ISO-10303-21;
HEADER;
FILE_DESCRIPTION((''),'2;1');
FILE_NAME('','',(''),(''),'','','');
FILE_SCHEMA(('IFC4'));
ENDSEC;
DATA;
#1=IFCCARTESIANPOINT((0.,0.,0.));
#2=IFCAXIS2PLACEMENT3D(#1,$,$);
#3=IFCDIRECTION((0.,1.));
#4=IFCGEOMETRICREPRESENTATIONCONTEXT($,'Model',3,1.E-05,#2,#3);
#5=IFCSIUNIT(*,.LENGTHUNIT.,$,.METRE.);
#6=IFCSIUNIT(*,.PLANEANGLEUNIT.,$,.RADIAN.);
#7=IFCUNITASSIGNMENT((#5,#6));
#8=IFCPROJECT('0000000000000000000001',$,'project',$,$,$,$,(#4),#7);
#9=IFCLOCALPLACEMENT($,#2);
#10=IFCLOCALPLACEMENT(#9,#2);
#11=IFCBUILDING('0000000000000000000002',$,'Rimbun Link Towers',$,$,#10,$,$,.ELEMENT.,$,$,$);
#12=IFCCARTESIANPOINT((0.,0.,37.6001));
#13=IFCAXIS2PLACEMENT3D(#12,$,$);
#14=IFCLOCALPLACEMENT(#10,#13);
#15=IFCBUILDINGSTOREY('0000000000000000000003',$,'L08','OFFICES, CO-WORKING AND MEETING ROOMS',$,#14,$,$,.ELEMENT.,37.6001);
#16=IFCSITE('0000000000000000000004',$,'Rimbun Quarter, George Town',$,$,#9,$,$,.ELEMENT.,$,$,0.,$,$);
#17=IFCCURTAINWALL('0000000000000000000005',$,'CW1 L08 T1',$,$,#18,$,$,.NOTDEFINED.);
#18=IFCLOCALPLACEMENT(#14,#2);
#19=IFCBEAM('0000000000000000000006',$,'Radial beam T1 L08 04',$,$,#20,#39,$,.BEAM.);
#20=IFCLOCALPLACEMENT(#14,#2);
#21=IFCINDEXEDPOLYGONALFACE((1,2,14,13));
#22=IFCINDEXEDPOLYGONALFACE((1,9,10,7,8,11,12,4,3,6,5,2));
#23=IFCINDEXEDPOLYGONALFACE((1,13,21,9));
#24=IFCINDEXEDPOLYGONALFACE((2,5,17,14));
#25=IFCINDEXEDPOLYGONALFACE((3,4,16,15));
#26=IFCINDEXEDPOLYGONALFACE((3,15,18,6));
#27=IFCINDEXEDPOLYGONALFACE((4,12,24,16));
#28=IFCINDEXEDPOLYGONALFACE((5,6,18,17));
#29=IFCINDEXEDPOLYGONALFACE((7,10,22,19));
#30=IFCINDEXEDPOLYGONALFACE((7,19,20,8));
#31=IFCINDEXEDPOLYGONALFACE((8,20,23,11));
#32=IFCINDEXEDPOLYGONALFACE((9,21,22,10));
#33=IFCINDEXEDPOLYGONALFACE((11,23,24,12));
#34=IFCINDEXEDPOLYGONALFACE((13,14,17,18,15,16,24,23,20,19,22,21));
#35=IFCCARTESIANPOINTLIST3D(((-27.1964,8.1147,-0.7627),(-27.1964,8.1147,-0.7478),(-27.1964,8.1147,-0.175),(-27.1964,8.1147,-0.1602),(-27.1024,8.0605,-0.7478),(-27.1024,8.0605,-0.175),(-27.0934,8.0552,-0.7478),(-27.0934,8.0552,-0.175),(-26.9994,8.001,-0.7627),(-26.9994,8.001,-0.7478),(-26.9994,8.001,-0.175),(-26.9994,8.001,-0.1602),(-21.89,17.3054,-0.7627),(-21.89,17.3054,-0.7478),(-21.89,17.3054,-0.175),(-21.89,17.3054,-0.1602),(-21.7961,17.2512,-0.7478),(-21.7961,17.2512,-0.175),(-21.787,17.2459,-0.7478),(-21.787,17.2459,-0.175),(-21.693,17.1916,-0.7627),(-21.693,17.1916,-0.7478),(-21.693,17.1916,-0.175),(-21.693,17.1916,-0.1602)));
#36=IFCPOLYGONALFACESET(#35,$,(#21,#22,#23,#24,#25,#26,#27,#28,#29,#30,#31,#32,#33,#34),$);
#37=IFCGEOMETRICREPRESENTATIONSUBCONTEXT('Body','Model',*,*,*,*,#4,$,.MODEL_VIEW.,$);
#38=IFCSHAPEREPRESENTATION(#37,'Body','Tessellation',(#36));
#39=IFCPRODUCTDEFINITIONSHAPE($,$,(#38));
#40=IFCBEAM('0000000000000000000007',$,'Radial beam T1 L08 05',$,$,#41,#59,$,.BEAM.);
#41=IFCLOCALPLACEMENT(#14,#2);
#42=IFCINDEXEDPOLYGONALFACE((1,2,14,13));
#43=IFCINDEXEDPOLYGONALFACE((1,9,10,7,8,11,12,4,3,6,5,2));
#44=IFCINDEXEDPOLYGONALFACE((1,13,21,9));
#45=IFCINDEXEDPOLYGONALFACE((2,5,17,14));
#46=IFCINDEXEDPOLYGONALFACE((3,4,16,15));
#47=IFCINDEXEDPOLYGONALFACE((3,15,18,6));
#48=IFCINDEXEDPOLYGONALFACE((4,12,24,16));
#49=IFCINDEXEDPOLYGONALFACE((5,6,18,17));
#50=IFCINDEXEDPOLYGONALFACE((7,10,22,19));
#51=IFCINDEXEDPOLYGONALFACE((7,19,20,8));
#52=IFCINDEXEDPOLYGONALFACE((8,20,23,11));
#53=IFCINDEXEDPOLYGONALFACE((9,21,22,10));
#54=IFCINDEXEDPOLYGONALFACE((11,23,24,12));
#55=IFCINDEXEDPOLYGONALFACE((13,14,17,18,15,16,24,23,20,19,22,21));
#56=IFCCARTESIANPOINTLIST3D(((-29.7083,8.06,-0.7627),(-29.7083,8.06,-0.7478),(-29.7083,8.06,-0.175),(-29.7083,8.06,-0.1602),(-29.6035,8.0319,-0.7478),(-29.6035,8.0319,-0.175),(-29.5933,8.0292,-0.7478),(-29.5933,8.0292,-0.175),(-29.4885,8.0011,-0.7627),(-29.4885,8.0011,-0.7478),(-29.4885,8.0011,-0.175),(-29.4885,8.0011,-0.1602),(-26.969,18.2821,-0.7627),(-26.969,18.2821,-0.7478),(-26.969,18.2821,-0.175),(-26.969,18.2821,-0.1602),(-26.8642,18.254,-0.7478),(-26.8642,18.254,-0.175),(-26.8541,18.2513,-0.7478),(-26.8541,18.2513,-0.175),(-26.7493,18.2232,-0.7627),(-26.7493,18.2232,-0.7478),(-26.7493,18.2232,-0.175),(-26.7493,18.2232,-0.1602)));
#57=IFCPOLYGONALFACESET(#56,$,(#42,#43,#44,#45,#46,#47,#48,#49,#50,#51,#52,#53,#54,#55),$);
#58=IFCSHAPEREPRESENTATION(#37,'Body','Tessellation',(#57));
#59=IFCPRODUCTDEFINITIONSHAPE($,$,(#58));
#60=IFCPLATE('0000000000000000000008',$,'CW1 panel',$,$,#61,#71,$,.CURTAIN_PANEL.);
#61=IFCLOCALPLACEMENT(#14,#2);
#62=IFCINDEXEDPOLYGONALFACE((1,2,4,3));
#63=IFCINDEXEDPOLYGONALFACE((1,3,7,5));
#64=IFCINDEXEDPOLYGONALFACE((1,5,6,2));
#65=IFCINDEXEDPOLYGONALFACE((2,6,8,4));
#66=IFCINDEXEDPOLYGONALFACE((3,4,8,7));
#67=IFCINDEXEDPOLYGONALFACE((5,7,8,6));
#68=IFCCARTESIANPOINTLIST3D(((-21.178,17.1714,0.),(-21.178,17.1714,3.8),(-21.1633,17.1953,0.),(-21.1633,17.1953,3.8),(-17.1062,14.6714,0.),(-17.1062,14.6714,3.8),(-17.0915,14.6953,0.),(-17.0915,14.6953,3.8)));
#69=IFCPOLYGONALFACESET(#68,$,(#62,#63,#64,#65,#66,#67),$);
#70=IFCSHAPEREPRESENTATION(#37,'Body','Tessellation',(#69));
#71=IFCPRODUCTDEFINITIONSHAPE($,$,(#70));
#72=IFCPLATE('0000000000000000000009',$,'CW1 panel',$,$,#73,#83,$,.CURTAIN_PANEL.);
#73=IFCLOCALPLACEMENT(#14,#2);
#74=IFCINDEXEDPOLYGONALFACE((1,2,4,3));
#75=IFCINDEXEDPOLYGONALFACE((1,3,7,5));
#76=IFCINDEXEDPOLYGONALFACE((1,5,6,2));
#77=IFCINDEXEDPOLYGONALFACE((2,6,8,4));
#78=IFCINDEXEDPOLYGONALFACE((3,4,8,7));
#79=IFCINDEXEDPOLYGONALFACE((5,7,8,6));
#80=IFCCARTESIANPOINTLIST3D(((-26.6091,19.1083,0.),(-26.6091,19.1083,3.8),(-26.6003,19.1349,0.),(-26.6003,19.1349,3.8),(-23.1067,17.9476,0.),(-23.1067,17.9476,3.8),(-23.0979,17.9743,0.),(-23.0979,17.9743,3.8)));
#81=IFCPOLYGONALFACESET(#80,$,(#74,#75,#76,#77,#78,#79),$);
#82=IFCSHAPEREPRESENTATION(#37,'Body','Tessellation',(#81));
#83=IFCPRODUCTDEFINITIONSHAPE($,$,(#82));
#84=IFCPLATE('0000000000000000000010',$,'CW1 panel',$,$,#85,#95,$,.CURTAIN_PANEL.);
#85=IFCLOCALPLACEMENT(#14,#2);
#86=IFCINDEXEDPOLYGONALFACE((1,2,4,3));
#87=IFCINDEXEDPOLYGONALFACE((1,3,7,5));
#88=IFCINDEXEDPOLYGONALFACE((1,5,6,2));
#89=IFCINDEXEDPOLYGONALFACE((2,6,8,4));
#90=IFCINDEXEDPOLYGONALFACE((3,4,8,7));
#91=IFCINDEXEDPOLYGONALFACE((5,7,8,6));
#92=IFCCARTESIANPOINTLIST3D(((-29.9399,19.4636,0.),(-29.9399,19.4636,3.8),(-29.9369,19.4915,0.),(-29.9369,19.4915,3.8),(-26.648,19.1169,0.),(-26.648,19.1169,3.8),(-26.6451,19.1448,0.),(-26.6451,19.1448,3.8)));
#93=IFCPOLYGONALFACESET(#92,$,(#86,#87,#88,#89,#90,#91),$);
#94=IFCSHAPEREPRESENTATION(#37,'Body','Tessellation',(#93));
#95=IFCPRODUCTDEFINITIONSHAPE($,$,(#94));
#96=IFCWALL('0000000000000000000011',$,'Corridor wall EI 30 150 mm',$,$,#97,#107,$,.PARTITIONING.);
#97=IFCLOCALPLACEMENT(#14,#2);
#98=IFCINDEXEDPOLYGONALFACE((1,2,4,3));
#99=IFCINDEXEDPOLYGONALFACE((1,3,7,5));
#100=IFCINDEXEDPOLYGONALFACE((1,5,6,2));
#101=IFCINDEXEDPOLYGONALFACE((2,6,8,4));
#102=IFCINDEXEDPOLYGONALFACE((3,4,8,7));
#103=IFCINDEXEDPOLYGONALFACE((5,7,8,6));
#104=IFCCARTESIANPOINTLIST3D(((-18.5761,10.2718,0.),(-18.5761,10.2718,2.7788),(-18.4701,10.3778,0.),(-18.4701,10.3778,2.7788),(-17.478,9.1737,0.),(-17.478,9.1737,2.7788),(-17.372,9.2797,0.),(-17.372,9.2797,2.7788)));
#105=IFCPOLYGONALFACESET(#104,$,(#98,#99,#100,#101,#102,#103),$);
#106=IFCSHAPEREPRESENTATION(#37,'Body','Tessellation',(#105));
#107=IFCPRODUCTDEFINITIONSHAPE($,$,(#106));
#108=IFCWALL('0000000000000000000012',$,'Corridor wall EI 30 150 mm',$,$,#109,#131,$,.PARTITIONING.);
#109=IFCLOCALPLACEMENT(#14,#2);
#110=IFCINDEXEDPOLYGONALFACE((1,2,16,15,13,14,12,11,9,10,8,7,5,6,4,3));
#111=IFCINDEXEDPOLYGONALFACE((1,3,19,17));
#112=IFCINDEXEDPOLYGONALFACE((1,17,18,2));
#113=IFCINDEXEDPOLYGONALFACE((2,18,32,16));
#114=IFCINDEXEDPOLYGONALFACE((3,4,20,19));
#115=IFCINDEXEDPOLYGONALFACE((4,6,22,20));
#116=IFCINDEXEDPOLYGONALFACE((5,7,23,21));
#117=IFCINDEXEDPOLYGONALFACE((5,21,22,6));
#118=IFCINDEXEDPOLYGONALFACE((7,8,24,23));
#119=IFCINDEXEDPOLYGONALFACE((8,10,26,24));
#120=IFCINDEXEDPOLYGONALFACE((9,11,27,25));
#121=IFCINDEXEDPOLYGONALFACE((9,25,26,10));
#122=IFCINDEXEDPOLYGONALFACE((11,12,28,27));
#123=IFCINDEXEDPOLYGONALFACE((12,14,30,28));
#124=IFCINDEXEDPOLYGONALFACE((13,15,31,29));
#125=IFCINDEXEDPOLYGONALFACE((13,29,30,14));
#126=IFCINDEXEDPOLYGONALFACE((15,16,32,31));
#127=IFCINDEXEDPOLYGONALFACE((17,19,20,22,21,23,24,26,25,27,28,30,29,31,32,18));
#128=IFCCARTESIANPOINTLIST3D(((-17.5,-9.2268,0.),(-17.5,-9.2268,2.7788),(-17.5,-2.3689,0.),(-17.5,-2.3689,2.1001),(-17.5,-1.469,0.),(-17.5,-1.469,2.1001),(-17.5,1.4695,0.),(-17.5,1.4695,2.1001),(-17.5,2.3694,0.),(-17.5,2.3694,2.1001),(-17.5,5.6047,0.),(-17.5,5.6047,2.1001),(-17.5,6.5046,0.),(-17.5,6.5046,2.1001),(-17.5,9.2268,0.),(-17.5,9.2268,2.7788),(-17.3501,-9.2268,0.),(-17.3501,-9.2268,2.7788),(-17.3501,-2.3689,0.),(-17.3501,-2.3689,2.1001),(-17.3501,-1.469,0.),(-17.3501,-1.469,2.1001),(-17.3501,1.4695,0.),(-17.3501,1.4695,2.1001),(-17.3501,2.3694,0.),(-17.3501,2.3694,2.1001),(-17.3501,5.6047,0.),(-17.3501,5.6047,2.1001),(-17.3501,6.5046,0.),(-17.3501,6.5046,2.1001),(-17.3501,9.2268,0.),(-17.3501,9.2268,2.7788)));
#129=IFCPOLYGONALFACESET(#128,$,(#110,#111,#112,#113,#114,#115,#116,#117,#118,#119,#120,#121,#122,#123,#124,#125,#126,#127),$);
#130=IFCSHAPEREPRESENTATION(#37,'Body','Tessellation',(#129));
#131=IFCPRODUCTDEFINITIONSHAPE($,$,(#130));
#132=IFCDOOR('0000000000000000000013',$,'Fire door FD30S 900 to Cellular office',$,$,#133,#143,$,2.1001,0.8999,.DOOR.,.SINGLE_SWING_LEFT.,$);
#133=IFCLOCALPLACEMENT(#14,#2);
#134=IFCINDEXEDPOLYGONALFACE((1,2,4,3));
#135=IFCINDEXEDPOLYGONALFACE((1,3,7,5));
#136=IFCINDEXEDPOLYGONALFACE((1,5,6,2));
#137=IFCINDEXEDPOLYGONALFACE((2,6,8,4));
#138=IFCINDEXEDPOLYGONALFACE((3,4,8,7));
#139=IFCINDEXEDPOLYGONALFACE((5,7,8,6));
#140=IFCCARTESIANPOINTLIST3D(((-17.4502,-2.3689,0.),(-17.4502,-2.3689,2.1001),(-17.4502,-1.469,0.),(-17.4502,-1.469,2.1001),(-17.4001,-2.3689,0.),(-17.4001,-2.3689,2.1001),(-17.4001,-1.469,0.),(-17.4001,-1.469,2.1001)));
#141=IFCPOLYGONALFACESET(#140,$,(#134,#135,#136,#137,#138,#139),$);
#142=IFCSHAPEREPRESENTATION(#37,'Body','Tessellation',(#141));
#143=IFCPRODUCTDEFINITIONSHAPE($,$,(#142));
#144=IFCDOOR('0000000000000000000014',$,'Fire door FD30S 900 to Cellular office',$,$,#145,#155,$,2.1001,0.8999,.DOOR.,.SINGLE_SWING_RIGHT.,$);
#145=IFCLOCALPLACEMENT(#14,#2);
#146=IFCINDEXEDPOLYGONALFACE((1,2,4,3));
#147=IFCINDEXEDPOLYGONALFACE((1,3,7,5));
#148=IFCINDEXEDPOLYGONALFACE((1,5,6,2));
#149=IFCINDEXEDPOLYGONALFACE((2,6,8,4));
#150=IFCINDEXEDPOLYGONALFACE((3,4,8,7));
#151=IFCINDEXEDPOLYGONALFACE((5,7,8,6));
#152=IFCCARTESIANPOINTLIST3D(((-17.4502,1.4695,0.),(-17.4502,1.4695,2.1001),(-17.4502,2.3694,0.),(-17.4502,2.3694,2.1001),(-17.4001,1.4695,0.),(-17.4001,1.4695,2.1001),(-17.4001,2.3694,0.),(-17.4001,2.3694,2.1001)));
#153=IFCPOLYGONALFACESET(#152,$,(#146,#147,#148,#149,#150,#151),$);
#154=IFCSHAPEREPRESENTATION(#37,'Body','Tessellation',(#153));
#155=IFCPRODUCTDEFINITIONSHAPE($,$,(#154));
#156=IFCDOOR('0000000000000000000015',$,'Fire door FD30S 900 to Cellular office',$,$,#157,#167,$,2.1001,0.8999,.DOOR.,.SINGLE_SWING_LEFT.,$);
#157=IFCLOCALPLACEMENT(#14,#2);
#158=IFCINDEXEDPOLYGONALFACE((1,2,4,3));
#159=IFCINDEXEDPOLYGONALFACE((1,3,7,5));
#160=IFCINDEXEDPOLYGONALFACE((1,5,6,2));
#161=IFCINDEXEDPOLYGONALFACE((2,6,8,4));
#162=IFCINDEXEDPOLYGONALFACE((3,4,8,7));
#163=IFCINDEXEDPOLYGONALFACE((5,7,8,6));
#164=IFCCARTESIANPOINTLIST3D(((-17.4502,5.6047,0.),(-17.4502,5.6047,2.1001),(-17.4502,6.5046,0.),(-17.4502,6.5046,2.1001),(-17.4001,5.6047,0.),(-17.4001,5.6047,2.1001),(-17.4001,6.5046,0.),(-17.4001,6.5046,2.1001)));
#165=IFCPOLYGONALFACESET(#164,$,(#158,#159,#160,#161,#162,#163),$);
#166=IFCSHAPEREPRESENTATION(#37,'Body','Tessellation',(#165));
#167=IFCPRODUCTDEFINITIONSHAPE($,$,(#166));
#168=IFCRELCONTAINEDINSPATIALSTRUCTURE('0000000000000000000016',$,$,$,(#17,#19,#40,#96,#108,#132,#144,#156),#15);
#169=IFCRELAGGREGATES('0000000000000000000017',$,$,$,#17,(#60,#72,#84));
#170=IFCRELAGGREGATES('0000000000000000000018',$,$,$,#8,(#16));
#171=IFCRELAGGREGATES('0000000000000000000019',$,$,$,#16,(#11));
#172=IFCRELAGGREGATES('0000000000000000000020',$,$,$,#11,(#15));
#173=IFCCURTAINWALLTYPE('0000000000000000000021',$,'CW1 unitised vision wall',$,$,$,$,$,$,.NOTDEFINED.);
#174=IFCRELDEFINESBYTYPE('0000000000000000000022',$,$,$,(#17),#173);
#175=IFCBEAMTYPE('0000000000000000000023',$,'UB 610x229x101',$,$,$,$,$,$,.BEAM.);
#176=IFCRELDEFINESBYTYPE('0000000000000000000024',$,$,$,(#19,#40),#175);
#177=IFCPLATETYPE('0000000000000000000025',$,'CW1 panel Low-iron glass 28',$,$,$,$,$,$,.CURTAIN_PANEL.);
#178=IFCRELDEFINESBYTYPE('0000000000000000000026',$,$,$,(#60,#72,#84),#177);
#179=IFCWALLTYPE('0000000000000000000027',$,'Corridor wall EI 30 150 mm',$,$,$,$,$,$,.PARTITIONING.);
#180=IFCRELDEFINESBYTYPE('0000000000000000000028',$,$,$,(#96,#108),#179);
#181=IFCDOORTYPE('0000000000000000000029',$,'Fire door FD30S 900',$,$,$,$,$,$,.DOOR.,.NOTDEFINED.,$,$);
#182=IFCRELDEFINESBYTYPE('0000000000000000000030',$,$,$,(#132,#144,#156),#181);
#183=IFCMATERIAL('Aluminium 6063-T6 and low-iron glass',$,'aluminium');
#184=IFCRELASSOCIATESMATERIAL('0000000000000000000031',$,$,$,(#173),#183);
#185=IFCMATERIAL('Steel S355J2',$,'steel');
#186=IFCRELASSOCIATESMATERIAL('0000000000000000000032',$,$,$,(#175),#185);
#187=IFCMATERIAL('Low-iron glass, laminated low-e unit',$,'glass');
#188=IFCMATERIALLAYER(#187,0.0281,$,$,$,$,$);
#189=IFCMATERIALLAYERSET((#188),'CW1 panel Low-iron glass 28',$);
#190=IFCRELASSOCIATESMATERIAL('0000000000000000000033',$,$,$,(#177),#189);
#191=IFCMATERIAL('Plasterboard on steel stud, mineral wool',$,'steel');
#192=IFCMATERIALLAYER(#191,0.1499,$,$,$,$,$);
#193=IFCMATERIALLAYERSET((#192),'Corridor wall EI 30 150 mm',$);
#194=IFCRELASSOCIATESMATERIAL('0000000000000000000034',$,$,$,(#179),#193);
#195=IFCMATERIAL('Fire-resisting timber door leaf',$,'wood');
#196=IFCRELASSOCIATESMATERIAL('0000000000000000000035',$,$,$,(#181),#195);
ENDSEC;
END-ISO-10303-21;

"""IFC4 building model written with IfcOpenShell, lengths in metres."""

from ifc_helpers import new_model, si_unit, direction, frame, frame_2d, origin, origin_2d, place, context, subcontext, project, spatial, rectangle, i_section, extrude, material, layer, layer_set, material_profile, profile_set, type_object, element, fill, aggregate, save


model = new_model("IFC4")

# Units and contexts
model_context = context("Model", 3, precision=1e-05, world=origin(), true_north=direction((0.0, 1.0)))
body_context = subcontext(model_context, "Body", "Model", "MODEL_VIEW")
ifc_project = project(units=[si_unit("LENGTHUNIT", "METRE"), si_unit("PLANEANGLEUNIT", "RADIAN")], contexts=[model_context])

# Site, building, storey
site_placement = place(None, origin())
site = spatial("IfcSite", under=ifc_project, at=site_placement, Name="Rimbun Quarter, George Town", CompositionType="ELEMENT", RefElevation=0.0)
building_placement = place(site_placement, origin())
building = spatial("IfcBuilding", under=site, at=building_placement, Name="Rimbun Link Towers", CompositionType="ELEMENT")
storey_placement = place(building_placement, frame((0.0, 0.0, 37.6001)))
storey = spatial("IfcBuildingStorey", under=building, at=storey_placement, Name="L08", Description="OFFICES, CO-WORKING AND MEETING ROOMS", CompositionType="ELEMENT", Elevation=37.6001)

# Curtain wall
ifc_material_1 = material(Name="Aluminium 6063-T6 and low-iron glass", Category="aluminium")
curtain_wall_type = type_object("IfcCurtainWallType", Name="CW1 unitised vision wall", PredefinedType="NOTDEFINED", material=ifc_material_1)
curtain_wall_placement = place(storey_placement, origin())
curtain_wall = element("IfcCurtainWall", 1, at=curtain_wall_placement, inside=storey, type_object=curtain_wall_type, Name="CW1 L08 T1", PredefinedType="NOTDEFINED")

# Beams
ifc_material_2 = material(Name="Steel S355J2", Category="steel")
ifc_material_profile_1 = material_profile(ifc_material_2, i_section(OverallWidth=0.2275, OverallDepth=0.6025, WebThickness=0.0105, FlangeThickness=0.0149, at=origin_2d()), Name="UB 610x229x101")
ifc_profile_set_1 = profile_set([ifc_material_profile_1], Name="Steel S355J2")
beam_type_1 = type_object("IfcBeamType", Name="UB 610x229x101", PredefinedType="BEAM", material=ifc_profile_set_1)
beam_1_placement = place(storey_placement, frame((-27.0979, 8.0579, -0.4614), z_axis=(0.500011, 0.866019, 0.0), x_axis=(-0.866019, 0.500011, 0.0)))
element("IfcBeam", 2, at=beam_1_placement, inside=storey, type_object=beam_type_1, Name="Radial beam T1 L08 04", PredefinedType="BEAM", context=body_context, shape_type="SweptSolid", body=[
    extrude(i_section(OverallWidth=0.2275, OverallDepth=0.6025, WebThickness=0.0105, FlangeThickness=0.0149, at=origin_2d()), origin(), (0.0, 0.0, 1.0), 10.6125),
])
beam_2_placement = place(storey_placement, frame((-29.5984, 8.0305, -0.4614), z_axis=(0.25884, 0.96592, 0.0), x_axis=(-0.96592, 0.25884, 0.0)))
element("IfcBeam", 3, at=beam_2_placement, inside=storey, type_object=beam_type_1, Name="Radial beam T1 L08 05", PredefinedType="BEAM", context=body_context, shape_type="SweptSolid", body=[
    extrude(i_section(OverallWidth=0.2275, OverallDepth=0.6025, WebThickness=0.0105, FlangeThickness=0.0149, at=origin_2d()), origin(), (0.0, 0.0, 1.0), 10.5828),
])

# Plates
ifc_material_3 = material(Name="Low-iron glass, laminated low-e unit", Category="glass")
ifc_layer_1 = layer(ifc_material_3, 0.0281)
ifc_layer_set_1 = layer_set([ifc_layer_1], Name="CW1 panel Low-iron glass 28")
plate_type = type_object("IfcPlateType", Name="CW1 panel Low-iron glass 28", PredefinedType="CURTAIN_PANEL", material=ifc_layer_set_1)
plate_1_placement = place(storey_placement, frame((-19.1348, 15.9333, 0.0), z_axis=(0.0, 0.0, 1.0), x_axis=(0.85219, -0.523232, 0.0)))
plate_1 = element("IfcPlate", 4, at=plate_1_placement, type_object=plate_type, Name="CW1 panel", PredefinedType="CURTAIN_PANEL", context=body_context, shape_type="SweptSolid", body=[
    extrude(rectangle(XDim=4.7781, YDim=0.0281, at=origin_2d()), origin(), (0.0, 0.0, 1.0), 3.8),
])
plate_2_placement = place(storey_placement, frame((-24.8535, 18.5413, 0.0), z_axis=(0.0, 0.0, 1.0), x_axis=(0.949236, -0.314564, 0.0)))
plate_2 = element("IfcPlate", 5, at=plate_2_placement, type_object=plate_type, Name="CW1 panel", PredefinedType="CURTAIN_PANEL", context=body_context, shape_type="SweptSolid", body=[
    extrude(rectangle(XDim=3.6897, YDim=0.0281, at=origin_2d()), origin(), (0.0, 0.0, 1.0), 3.8),
])
plate_3_placement = place(storey_placement, frame((-28.2925, 19.3042, 0.0), z_axis=(0.0, 0.0, 1.0), x_axis=(0.994498, -0.104755, 0.0)))
plate_3 = element("IfcPlate", 6, at=plate_3_placement, type_object=plate_type, Name="CW1 panel", PredefinedType="CURTAIN_PANEL", context=body_context, shape_type="SweptSolid", body=[
    extrude(rectangle(XDim=3.3101, YDim=0.0281, at=origin_2d()), origin(), (0.0, 0.0, 1.0), 3.8),
])
aggregate(curtain_wall, [plate_1, plate_2, plate_3])

# Wall
ifc_material_4 = material(Name="Plasterboard on steel stud, mineral wool", Category="steel")
ifc_layer_2 = layer(ifc_material_4, 0.1499)
ifc_layer_set_2 = layer_set([ifc_layer_2], Name="Corridor wall EI 30 150 mm")
wall_type_1 = type_object("IfcWallType", Name="Corridor wall EI 30 150 mm", PredefinedType="PARTITIONING", material=ifc_layer_set_2)
wall_1_placement = place(storey_placement, frame((-17.425, 9.2268, 0.0), z_axis=(0.0, 0.0, 1.0), x_axis=(-0.707107, 0.707107, 0.0)))
element("IfcWall", 7, at=wall_1_placement, inside=storey, type_object=wall_type_1, Name="Corridor wall EI 30 150 mm", PredefinedType="PARTITIONING", context=body_context, shape_type="SweptSolid", body=[
    extrude(rectangle(XDim=1.553, YDim=0.1499, at=frame_2d((0.7764, 0.0))), origin(), (0.0, 0.0, 1.0), 2.7788),
])

# Wall, openings, doors
wall_2_placement = place(storey_placement, frame((-17.425, 9.2268, 0.0), z_axis=(0.0, 0.0, 1.0), x_axis=(0.0, -1.0, 0.0)))
wall_2 = element("IfcWall", 8, at=wall_2_placement, inside=storey, type_object=wall_type_1, Name="Corridor wall EI 30 150 mm", PredefinedType="PARTITIONING", context=body_context, shape_type="SweptSolid", body=[
    extrude(rectangle(XDim=18.4536, YDim=0.1499, at=frame_2d((9.2268, 0.0))), origin(), (0.0, 0.0, 1.0), 2.7788),
])
opening_1_placement = place(wall_2_placement, frame((10.6958, 0.0, 0.0)))
opening_1 = element("IfcOpeningElement", 9, at=opening_1_placement, cuts=wall_2, PredefinedType="OPENING", context=body_context, shape_type="SweptSolid", body=[
    extrude(rectangle(XDim=0.8999, YDim=2.1001, at=frame_2d((0.45, 1.05))), frame((0.0, 0.085, 0.0), z_axis=(0.0, -1.0, 0.0), x_axis=(1.0, 0.0, 0.0)), (0.0, 0.0, 1.0), 0.1699),
])
opening_2_placement = place(wall_2_placement, frame((6.8574, 0.0, 0.0)))
opening_2 = element("IfcOpeningElement", 10, at=opening_2_placement, cuts=wall_2, PredefinedType="OPENING", context=body_context, shape_type="SweptSolid", body=[
    extrude(rectangle(XDim=0.8999, YDim=2.1001, at=frame_2d((0.45, 1.05))), frame((0.0, 0.085, 0.0), z_axis=(0.0, -1.0, 0.0), x_axis=(1.0, 0.0, 0.0)), (0.0, 0.0, 1.0), 0.1699),
])
opening_3_placement = place(wall_2_placement, frame((2.7222, 0.0, 0.0)))
opening_3 = element("IfcOpeningElement", 11, at=opening_3_placement, cuts=wall_2, PredefinedType="OPENING", context=body_context, shape_type="SweptSolid", body=[
    extrude(rectangle(XDim=0.8999, YDim=2.1001, at=frame_2d((0.45, 1.05))), frame((0.0, 0.085, 0.0), z_axis=(0.0, -1.0, 0.0), x_axis=(1.0, 0.0, 0.0)), (0.0, 0.0, 1.0), 0.1699),
])
ifc_material_5 = material(Name="Fire-resisting timber door leaf", Category="wood")
door_type_1 = type_object("IfcDoorType", Name="Fire door FD30S 900", OperationType="NOTDEFINED", PredefinedType="DOOR", material=ifc_material_5)
door_1_placement = place(opening_1_placement, origin())
door_1 = element("IfcDoor", 12, at=door_1_placement, inside=storey, type_object=door_type_1, Name="Fire door FD30S 900 to Cellular office", OperationType="SINGLE_SWING_LEFT", OverallHeight=2.1001, OverallWidth=0.8999, PredefinedType="DOOR", context=body_context, shape_type="SweptSolid", body=[
    extrude(rectangle(XDim=0.8999, YDim=2.1001, at=frame_2d((0.45, 1.05))), frame((0.0, 0.0249, 0.0), z_axis=(0.0, -1.0, 0.0), x_axis=(1.0, 0.0, 0.0)), (0.0, 0.0, 1.0), 0.05),
])
fill(opening_1, door_1)
door_2_placement = place(opening_2_placement, origin())
door_2 = element("IfcDoor", 13, at=door_2_placement, inside=storey, type_object=door_type_1, Name="Fire door FD30S 900 to Cellular office", OperationType="SINGLE_SWING_RIGHT", OverallHeight=2.1001, OverallWidth=0.8999, PredefinedType="DOOR", context=body_context, shape_type="SweptSolid", body=[
    extrude(rectangle(XDim=0.8999, YDim=2.1001, at=frame_2d((0.45, 1.05))), frame((0.0, 0.0249, 0.0), z_axis=(0.0, -1.0, 0.0), x_axis=(1.0, 0.0, 0.0)), (0.0, 0.0, 1.0), 0.05),
])
fill(opening_2, door_2)
door_3_placement = place(opening_3_placement, origin())
door_3 = element("IfcDoor", 14, at=door_3_placement, inside=storey, type_object=door_type_1, Name="Fire door FD30S 900 to Cellular office", OperationType="SINGLE_SWING_LEFT", OverallHeight=2.1001, OverallWidth=0.8999, PredefinedType="DOOR", context=body_context, shape_type="SweptSolid", body=[
    extrude(rectangle(XDim=0.8999, YDim=2.1001, at=frame_2d((0.45, 1.05))), frame((0.0, 0.0249, 0.0), z_axis=(0.0, -1.0, 0.0), x_axis=(1.0, 0.0, 0.0)), (0.0, 0.0, 1.0), 0.05),
])
fill(opening_3, door_3)

save(model, "model.ifc")
